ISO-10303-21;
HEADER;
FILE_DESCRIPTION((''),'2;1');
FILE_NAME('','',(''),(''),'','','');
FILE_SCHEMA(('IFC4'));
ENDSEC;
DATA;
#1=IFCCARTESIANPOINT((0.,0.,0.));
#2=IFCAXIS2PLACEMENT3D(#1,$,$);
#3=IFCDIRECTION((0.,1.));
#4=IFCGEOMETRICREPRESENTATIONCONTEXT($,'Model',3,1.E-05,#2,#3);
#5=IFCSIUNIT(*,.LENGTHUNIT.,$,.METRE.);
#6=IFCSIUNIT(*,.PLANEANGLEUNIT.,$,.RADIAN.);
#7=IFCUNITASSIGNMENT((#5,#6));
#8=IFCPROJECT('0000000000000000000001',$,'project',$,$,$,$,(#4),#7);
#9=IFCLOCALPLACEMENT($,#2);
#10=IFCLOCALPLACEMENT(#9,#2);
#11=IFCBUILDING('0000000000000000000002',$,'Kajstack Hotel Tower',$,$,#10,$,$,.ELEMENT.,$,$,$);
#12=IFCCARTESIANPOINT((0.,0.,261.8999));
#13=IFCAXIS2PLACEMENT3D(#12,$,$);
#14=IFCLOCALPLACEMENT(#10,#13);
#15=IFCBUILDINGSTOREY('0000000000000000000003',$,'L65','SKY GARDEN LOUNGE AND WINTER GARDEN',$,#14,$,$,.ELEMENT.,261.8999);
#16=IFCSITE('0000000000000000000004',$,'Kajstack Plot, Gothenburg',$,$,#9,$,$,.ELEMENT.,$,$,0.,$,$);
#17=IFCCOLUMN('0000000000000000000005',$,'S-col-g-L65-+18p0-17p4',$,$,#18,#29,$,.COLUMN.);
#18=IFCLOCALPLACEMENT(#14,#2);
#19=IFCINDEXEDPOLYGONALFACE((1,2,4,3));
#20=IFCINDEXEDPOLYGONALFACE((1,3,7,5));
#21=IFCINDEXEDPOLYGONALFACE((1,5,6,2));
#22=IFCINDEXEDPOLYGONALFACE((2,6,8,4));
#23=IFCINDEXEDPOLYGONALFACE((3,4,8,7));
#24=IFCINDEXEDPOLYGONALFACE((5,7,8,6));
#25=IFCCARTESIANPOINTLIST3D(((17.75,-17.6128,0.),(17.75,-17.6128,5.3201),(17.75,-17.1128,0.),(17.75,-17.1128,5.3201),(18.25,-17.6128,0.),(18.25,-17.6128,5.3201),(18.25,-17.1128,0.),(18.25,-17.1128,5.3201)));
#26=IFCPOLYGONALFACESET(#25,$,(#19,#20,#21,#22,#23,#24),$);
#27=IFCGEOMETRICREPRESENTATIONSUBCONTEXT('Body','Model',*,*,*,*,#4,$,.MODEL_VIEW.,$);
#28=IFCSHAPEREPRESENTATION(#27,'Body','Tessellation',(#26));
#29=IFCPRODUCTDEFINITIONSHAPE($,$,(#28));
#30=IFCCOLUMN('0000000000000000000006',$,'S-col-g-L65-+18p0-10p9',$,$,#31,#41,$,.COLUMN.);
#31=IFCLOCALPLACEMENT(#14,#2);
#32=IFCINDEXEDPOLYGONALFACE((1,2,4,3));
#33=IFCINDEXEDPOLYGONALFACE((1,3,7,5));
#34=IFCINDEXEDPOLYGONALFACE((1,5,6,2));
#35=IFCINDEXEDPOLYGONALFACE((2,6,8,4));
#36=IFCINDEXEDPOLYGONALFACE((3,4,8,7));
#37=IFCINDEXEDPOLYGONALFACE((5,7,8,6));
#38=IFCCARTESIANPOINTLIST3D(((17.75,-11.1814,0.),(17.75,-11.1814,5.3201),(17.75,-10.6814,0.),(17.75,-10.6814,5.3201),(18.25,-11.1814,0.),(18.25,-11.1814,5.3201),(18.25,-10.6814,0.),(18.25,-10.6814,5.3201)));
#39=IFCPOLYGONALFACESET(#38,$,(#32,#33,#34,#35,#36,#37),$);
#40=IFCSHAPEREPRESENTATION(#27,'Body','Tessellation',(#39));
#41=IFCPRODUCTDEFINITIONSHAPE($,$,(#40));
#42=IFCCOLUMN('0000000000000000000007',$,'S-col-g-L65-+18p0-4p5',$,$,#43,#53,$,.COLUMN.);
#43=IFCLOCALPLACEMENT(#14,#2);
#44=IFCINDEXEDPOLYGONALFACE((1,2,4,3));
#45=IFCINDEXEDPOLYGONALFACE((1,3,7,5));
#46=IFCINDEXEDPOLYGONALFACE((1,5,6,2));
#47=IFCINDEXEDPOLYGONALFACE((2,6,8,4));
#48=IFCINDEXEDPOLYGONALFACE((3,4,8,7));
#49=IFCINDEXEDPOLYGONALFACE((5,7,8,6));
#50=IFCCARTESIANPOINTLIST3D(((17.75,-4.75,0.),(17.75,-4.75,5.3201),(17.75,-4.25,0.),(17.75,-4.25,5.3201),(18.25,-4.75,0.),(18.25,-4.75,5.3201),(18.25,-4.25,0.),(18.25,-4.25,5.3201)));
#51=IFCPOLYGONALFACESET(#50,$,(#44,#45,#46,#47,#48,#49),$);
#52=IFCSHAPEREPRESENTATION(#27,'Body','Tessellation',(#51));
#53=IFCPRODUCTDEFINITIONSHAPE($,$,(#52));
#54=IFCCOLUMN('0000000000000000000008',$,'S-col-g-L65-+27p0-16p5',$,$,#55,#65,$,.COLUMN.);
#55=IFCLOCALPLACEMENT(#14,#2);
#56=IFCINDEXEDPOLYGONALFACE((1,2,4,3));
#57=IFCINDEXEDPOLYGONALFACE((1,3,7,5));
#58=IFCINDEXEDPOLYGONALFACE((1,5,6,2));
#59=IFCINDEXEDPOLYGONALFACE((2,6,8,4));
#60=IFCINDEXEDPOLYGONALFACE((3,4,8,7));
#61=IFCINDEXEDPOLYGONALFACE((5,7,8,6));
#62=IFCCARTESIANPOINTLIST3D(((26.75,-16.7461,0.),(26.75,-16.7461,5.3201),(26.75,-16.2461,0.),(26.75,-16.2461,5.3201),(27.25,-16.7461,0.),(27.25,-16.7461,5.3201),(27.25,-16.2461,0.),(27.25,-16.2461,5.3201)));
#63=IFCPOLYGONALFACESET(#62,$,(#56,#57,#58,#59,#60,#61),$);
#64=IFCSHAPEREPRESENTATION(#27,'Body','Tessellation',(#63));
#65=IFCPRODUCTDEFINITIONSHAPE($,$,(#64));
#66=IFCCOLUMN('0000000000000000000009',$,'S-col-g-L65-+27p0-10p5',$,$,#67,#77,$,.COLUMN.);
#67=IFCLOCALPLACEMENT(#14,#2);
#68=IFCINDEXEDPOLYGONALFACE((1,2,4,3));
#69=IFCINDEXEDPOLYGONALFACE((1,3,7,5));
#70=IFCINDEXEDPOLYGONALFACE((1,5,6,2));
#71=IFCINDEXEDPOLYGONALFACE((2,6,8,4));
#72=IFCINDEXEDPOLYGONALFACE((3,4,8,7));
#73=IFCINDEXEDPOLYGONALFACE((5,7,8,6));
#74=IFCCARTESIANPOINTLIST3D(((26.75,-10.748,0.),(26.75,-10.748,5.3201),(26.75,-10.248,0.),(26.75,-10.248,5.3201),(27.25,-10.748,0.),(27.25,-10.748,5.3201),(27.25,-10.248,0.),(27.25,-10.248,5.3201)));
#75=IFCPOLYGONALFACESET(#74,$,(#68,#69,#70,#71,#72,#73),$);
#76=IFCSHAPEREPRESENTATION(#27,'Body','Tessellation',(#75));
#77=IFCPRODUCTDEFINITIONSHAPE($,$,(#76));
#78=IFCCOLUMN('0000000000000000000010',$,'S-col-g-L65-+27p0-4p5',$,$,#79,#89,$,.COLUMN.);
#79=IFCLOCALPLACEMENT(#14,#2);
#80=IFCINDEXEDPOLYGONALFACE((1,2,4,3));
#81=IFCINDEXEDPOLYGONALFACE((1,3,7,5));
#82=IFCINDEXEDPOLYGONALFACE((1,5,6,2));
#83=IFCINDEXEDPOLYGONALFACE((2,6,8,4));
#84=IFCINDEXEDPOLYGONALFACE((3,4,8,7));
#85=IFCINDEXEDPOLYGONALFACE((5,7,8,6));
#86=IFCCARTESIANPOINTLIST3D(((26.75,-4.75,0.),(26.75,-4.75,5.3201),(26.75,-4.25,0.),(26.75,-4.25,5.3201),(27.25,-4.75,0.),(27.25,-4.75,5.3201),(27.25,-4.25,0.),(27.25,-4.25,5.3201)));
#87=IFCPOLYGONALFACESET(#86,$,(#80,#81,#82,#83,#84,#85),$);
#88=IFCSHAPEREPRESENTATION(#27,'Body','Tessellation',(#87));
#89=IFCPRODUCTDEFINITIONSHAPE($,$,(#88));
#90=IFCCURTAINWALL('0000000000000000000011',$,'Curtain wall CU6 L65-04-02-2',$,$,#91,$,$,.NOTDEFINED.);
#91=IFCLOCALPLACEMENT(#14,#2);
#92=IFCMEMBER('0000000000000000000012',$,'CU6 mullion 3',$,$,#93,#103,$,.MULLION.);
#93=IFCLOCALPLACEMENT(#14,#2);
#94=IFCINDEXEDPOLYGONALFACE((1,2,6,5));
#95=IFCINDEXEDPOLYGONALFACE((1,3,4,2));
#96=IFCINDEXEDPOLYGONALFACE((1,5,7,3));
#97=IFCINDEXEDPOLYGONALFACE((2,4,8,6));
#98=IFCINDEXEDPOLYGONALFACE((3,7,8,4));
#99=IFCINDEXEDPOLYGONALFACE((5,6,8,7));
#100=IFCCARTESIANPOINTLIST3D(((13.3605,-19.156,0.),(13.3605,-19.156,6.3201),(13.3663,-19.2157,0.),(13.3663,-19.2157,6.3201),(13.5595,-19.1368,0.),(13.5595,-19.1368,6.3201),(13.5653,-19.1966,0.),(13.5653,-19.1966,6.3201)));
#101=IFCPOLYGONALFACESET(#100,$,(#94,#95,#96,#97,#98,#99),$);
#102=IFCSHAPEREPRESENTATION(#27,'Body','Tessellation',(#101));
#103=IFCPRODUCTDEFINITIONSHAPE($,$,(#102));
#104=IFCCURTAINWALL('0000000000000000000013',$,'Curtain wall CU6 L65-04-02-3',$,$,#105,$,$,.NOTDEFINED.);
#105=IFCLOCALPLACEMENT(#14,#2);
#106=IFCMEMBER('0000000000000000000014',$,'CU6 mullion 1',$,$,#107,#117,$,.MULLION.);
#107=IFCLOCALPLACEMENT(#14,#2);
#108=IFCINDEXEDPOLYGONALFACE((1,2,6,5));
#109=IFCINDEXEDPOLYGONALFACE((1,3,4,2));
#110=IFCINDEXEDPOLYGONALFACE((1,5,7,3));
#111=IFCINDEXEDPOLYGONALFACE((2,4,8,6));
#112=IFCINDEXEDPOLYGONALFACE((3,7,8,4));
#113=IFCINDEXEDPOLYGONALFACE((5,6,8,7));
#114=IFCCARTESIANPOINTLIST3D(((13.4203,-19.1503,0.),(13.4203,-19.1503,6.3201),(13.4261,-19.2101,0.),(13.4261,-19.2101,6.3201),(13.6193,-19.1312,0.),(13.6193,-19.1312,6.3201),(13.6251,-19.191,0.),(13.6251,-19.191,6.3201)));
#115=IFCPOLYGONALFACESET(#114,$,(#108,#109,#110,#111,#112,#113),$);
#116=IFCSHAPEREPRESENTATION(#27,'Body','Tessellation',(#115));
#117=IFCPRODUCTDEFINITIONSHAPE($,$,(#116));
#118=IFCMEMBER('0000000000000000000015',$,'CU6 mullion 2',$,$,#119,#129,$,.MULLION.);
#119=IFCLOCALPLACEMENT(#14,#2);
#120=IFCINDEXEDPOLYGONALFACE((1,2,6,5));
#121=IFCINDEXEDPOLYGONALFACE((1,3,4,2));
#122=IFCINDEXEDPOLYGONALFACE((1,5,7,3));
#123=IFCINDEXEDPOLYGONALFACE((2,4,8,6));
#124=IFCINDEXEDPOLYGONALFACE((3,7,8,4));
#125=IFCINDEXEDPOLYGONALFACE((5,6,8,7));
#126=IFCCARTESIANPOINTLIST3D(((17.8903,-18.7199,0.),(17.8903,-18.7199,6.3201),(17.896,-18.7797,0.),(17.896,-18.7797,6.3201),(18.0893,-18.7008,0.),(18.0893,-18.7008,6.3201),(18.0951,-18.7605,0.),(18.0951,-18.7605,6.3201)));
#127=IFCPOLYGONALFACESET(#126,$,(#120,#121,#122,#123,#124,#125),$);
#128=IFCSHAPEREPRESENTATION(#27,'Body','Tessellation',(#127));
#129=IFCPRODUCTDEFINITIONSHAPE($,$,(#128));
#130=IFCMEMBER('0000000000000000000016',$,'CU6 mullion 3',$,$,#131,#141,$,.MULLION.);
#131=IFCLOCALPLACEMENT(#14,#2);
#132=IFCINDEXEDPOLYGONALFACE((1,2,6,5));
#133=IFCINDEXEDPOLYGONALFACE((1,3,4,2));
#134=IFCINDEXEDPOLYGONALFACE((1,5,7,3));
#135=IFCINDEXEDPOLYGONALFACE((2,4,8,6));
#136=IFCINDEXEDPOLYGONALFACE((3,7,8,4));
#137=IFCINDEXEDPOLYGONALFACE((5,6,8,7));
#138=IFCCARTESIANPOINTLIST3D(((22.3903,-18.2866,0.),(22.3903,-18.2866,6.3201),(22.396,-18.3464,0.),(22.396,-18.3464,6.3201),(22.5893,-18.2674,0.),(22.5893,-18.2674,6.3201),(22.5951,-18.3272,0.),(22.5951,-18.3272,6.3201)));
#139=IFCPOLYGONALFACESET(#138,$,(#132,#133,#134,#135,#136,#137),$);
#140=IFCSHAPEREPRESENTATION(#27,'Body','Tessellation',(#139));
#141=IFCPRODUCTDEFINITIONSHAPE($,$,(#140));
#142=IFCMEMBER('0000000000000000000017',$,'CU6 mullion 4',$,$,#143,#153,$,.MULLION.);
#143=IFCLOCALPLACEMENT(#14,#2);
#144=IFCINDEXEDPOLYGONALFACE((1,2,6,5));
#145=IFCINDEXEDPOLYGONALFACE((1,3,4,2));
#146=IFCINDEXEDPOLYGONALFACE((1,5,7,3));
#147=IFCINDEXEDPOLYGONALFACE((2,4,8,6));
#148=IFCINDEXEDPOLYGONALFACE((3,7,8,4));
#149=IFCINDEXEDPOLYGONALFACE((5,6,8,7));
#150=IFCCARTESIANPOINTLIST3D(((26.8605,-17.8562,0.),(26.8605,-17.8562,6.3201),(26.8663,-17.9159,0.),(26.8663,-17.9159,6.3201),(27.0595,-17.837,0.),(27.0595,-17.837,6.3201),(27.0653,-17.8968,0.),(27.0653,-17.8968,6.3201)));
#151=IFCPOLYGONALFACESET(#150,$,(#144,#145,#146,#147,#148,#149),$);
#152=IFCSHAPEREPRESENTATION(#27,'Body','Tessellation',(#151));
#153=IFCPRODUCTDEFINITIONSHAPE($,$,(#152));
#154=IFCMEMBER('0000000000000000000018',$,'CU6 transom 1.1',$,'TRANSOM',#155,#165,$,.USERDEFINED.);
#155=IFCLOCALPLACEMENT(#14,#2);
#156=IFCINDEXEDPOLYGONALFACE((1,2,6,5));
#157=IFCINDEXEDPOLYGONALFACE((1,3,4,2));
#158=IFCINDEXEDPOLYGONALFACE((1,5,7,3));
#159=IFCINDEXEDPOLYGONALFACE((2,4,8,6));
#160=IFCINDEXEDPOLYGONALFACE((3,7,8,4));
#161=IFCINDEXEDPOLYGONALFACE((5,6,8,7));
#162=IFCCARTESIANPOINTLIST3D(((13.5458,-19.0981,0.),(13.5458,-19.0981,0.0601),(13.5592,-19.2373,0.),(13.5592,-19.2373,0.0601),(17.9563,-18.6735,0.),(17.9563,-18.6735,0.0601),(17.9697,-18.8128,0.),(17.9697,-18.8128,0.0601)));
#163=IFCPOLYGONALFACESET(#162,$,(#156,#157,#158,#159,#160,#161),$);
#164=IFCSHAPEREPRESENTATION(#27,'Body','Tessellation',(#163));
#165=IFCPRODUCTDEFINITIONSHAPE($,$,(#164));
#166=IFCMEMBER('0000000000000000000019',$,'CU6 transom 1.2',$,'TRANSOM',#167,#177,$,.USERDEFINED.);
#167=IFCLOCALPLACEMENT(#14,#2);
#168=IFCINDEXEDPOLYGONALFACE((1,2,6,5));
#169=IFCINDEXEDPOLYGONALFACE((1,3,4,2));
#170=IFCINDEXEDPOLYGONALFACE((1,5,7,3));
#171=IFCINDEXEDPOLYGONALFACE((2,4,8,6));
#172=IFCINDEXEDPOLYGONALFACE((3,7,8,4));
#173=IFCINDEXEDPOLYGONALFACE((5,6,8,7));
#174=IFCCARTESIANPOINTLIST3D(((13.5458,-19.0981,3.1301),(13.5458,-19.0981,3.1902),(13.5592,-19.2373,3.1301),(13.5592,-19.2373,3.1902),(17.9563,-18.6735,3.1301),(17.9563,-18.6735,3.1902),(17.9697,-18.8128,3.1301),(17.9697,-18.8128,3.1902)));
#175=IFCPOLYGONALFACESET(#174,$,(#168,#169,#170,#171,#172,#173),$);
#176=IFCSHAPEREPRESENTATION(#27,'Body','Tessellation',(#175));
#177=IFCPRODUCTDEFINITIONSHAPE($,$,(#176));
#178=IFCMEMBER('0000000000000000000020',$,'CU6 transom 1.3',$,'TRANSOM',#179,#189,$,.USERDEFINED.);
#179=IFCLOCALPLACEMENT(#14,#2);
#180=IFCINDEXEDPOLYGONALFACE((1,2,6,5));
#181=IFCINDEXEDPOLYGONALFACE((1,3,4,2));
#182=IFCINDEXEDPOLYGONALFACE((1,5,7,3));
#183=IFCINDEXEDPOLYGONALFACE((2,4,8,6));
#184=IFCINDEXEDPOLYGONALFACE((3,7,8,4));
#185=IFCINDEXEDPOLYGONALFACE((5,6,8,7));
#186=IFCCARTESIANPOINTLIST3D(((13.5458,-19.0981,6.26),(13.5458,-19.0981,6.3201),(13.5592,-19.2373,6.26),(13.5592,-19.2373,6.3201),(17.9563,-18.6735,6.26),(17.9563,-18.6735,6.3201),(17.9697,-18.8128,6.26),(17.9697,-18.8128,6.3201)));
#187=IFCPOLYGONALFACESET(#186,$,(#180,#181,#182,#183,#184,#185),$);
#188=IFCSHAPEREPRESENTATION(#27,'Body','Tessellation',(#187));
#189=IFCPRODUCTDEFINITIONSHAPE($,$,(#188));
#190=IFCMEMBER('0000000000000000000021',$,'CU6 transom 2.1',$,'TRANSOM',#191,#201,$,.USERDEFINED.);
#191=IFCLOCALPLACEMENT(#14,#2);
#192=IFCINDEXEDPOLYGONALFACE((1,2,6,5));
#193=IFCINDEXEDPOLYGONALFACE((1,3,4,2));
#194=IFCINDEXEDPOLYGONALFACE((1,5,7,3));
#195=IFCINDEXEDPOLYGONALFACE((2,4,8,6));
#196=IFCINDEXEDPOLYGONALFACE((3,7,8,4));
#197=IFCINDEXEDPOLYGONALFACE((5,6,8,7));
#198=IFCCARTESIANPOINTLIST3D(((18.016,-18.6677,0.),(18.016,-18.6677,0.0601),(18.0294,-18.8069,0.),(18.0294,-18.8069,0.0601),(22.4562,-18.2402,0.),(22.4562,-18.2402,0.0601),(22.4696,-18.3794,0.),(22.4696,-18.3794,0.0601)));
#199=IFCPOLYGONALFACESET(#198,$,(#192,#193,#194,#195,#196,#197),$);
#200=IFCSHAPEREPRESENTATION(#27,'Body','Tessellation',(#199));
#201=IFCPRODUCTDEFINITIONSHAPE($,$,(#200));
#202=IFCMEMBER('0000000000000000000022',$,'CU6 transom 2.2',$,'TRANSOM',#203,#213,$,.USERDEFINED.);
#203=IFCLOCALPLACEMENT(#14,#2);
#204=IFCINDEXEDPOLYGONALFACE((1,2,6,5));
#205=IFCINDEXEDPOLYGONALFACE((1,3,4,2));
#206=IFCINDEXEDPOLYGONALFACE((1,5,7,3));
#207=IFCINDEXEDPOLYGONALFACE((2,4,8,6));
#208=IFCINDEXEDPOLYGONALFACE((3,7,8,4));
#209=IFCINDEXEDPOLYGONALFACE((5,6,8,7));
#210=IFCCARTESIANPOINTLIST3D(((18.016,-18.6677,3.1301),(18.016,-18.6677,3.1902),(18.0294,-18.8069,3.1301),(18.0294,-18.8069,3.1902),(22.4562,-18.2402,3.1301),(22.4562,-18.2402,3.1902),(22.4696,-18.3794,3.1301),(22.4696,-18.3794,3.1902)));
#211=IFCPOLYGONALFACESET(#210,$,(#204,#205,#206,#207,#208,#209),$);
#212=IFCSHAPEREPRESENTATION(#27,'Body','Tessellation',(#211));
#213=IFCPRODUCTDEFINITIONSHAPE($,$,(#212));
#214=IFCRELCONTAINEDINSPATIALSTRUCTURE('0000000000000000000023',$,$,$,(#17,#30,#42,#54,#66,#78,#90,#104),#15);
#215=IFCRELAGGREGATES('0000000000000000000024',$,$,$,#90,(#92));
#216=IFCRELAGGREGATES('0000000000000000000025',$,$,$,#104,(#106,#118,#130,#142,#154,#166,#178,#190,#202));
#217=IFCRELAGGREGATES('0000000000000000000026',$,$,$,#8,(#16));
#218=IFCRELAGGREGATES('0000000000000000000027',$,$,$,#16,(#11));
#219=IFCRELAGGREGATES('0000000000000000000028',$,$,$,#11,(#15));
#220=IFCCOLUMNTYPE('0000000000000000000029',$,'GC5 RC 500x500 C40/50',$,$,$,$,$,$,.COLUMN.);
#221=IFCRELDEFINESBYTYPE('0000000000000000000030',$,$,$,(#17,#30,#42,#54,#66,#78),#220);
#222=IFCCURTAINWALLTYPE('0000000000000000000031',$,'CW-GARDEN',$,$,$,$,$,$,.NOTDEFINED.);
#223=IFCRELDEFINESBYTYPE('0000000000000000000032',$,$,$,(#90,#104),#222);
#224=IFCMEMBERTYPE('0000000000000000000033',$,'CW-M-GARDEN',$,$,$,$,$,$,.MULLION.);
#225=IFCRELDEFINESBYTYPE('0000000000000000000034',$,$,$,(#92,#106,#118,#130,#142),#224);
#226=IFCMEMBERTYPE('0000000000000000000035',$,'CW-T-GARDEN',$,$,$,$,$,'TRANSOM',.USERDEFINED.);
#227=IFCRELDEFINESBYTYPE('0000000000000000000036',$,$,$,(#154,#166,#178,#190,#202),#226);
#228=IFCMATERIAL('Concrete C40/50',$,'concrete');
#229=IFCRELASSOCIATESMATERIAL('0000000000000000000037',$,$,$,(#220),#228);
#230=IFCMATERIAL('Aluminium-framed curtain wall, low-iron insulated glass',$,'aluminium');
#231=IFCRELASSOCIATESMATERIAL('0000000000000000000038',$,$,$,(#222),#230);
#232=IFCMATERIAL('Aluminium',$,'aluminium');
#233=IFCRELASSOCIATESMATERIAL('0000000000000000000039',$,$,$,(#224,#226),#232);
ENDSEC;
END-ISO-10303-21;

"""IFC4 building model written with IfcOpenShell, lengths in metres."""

from ifc_helpers import new_model, si_unit, direction, frame, origin, origin_2d, place, context, subcontext, project, spatial, rectangle, extrude, material, material_profile, profile_set, type_object, element, aggregate, save


model = new_model("IFC4")

# Units and contexts
model_context = context("Model", 3, precision=1e-05, world=origin(), true_north=direction((0.0, 1.0)))
body_context = subcontext(model_context, "Body", "Model", "MODEL_VIEW")
ifc_project = project(units=[si_unit("LENGTHUNIT", "METRE"), si_unit("PLANEANGLEUNIT", "RADIAN")], contexts=[model_context])

# Site, building, storey
site_placement = place(None, origin())
site = spatial("IfcSite", under=ifc_project, at=site_placement, Name="Kajstack Plot, Gothenburg", CompositionType="ELEMENT", RefElevation=0.0)
building_placement = place(site_placement, origin())
building = spatial("IfcBuilding", under=site, at=building_placement, Name="Kajstack Hotel Tower", CompositionType="ELEMENT")
storey_placement = place(building_placement, frame((0.0, 0.0, 261.8999)))
storey = spatial("IfcBuildingStorey", under=building, at=storey_placement, Name="L65", Description="SKY GARDEN LOUNGE AND WINTER GARDEN", CompositionType="ELEMENT", Elevation=261.8999)

# Columns
ifc_material_1 = material(Name="Concrete C40/50", Category="concrete")
ifc_material_profile_1 = material_profile(ifc_material_1, rectangle(XDim=0.5, YDim=0.5, at=origin_2d()), Name="RC 500x500")
ifc_profile_set_1 = profile_set([ifc_material_profile_1], Name="Concrete C40/50")
column_type = type_object("IfcColumnType", Name="GC5 RC 500x500 C40/50", PredefinedType="COLUMN", material=ifc_profile_set_1)
for number, where, z_axis, x_axis, name in (
    (1, (18.0, -17.3628, 0.0), (0.0, 0.0, 1.0), (1.0, 0.0, 0.0), "S-col-g-L65-+18p0-17p4"),
    (2, (18.0, -10.9314, 0.0), (0.0, 0.0, 1.0), (1.0, 0.0, 0.0), "S-col-g-L65-+18p0-10p9"),
    (3, (18.0, -4.5, 0.0), (0.0, 0.0, 1.0), (1.0, 0.0, 0.0), "S-col-g-L65-+18p0-4p5"),
    (4, (27.0, -16.4961, 0.0), (0.0, 0.0, 1.0), (1.0, 0.0, 0.0), "S-col-g-L65-+27p0-16p5"),
    (5, (27.0, -10.498, 0.0), (0.0, 0.0, 1.0), (1.0, 0.0, 0.0), "S-col-g-L65-+27p0-10p5"),
    (6, (27.0, -4.5, 0.0), (0.0, 0.0, 1.0), (1.0, 0.0, 0.0), "S-col-g-L65-+27p0-4p5"),
):
    element("IfcColumn", number, at=place(storey_placement, frame(where, z_axis=z_axis, x_axis=x_axis)), inside=storey, type_object=column_type, Name=name, PredefinedType="COLUMN", context=body_context, shape_type="SweptSolid", body=[
        extrude(rectangle(XDim=0.5, YDim=0.5, at=origin_2d()), origin(), (0.0, 0.0, 1.0), 5.3201),
    ])

# Curtain wall, member
ifc_material_2 = material(Name="Aluminium-framed curtain wall, low-iron insulated glass", Category="aluminium")
curtain_wall_type = type_object("IfcCurtainWallType", Name="CW-GARDEN", PredefinedType="NOTDEFINED", material=ifc_material_2)
curtain_wall_1_placement = place(storey_placement, origin())
curtain_wall_1 = element("IfcCurtainWall", 7, at=curtain_wall_1_placement, inside=storey, type_object=curtain_wall_type, Name="Curtain wall CU6 L65-04-02-2", PredefinedType="NOTDEFINED")
ifc_material_3 = material(Name="Aluminium", Category="aluminium")
ifc_material_profile_2 = material_profile(ifc_material_3, rectangle(XDim=0.0601, YDim=0.2, at=origin_2d()), Name="Aluminium mullion 60 x 200")
ifc_profile_set_2 = profile_set([ifc_material_profile_2], Name="Aluminium")
member_type_1 = type_object("IfcMemberType", Name="CW-M-GARDEN", PredefinedType="MULLION", material=ifc_profile_set_2)
member_1_placement = place(storey_placement, frame((13.4629, -19.1763, 0.0), z_axis=(0.0, 0.0, 1.0), x_axis=(-0.095846, 0.995396, 0.0)))
member_1 = element("IfcMember", 8, at=member_1_placement, type_object=member_type_1, Name="CU6 mullion 3", PredefinedType="MULLION", context=body_context, shape_type="SweptSolid", body=[
    extrude(rectangle(XDim=0.0601, YDim=0.2, at=origin_2d()), origin(), (0.0, 0.0, 1.0), 6.3201),
])
aggregate(curtain_wall_1, [member_1])

# Curtain wall, members
curtain_wall_2_placement = place(storey_placement, origin())
curtain_wall_2 = element("IfcCurtainWall", 9, at=curtain_wall_2_placement, inside=storey, type_object=curtain_wall_type, Name="Curtain wall CU6 L65-04-02-3", PredefinedType="NOTDEFINED")
member_2_placement = place(storey_placement, frame((13.5227, -19.1707, 0.0), z_axis=(0.0, 0.0, 1.0), x_axis=(-0.095846, 0.995396, 0.0)))
member_2 = element("IfcMember", 10, at=member_2_placement, type_object=member_type_1, Name="CU6 mullion 1", PredefinedType="MULLION", context=body_context, shape_type="SweptSolid", body=[
    extrude(rectangle(XDim=0.0601, YDim=0.2, at=origin_2d()), origin(), (0.0, 0.0, 1.0), 6.3201),
])
member_3_placement = place(storey_placement, frame((17.9927, -18.7402, 0.0), z_axis=(0.0, 0.0, 1.0), x_axis=(-0.095846, 0.995396, 0.0)))
member_3 = element("IfcMember", 11, at=member_3_placement, type_object=member_type_1, Name="CU6 mullion 2", PredefinedType="MULLION", context=body_context, shape_type="SweptSolid", body=[
    extrude(rectangle(XDim=0.0601, YDim=0.2, at=origin_2d()), origin(), (0.0, 0.0, 1.0), 6.3201),
])
member_4_placement = place(storey_placement, frame((22.4927, -18.3069, 0.0), z_axis=(0.0, 0.0, 1.0), x_axis=(-0.095846, 0.995396, 0.0)))
member_4 = element("IfcMember", 12, at=member_4_placement, type_object=member_type_1, Name="CU6 mullion 3", PredefinedType="MULLION", context=body_context, shape_type="SweptSolid", body=[
    extrude(rectangle(XDim=0.0601, YDim=0.2, at=origin_2d()), origin(), (0.0, 0.0, 1.0), 6.3201),
])
member_5_placement = place(storey_placement, frame((26.9629, -17.8765, 0.0), z_axis=(0.0, 0.0, 1.0), x_axis=(-0.095846, 0.995396, 0.0)))
member_5 = element("IfcMember", 13, at=member_5_placement, type_object=member_type_1, Name="CU6 mullion 4", PredefinedType="MULLION", context=body_context, shape_type="SweptSolid", body=[
    extrude(rectangle(XDim=0.0601, YDim=0.2, at=origin_2d()), origin(), (0.0, 0.0, 1.0), 6.3201),
])
ifc_material_profile_3 = material_profile(ifc_material_3, rectangle(XDim=0.1399, YDim=0.0601, at=origin_2d()), Name="Aluminium transom 140 x 60")
ifc_profile_set_3 = profile_set([ifc_material_profile_3], Name="Aluminium")
member_type_2 = type_object("IfcMemberType", Name="CW-T-GARDEN", ElementType="TRANSOM", PredefinedType="USERDEFINED", material=ifc_profile_set_3)
member_6_placement = place(storey_placement, frame((13.5525, -19.1677, 0.03), z_axis=(0.995399, 0.095821, 0.0), x_axis=(-0.095821, 0.995399, 0.0)))
member_6 = element("IfcMember", 14, at=member_6_placement, type_object=member_type_2, Name="CU6 transom 1.1", ObjectType="TRANSOM", PredefinedType="USERDEFINED", context=body_context, shape_type="SweptSolid", body=[
    extrude(rectangle(XDim=0.1399, YDim=0.0601, at=origin_2d()), origin(), (0.0, 0.0, 1.0), 4.4309),
])
member_7_placement = place(storey_placement, frame((13.5525, -19.1677, 3.1602), z_axis=(0.995399, 0.095821, 0.0), x_axis=(-0.095821, 0.995399, 0.0)))
member_7 = element("IfcMember", 15, at=member_7_placement, type_object=member_type_2, Name="CU6 transom 1.2", ObjectType="TRANSOM", PredefinedType="USERDEFINED", context=body_context, shape_type="SweptSolid", body=[
    extrude(rectangle(XDim=0.1399, YDim=0.0601, at=origin_2d()), origin(), (0.0, 0.0, 1.0), 4.4309),
])
member_8_placement = place(storey_placement, frame((13.5525, -19.1677, 6.29), z_axis=(0.995399, 0.095821, 0.0), x_axis=(-0.095821, 0.995399, 0.0)))
member_8 = element("IfcMember", 16, at=member_8_placement, type_object=member_type_2, Name="CU6 transom 1.3", ObjectType="TRANSOM", PredefinedType="USERDEFINED", context=body_context, shape_type="SweptSolid", body=[
    extrude(rectangle(XDim=0.1399, YDim=0.0601, at=origin_2d()), origin(), (0.0, 0.0, 1.0), 4.4309),
])
member_9_placement = place(storey_placement, frame((18.0227, -18.7373, 0.03), z_axis=(0.995397, 0.095834, 0.0), x_axis=(-0.095834, 0.995397, 0.0)))
member_9 = element("IfcMember", 17, at=member_9_placement, type_object=member_type_2, Name="CU6 transom 2.1", ObjectType="TRANSOM", PredefinedType="USERDEFINED", context=body_context, shape_type="SweptSolid", body=[
    extrude(rectangle(XDim=0.1399, YDim=0.0601, at=origin_2d()), origin(), (0.0, 0.0, 1.0), 4.4607),
])
member_10_placement = place(storey_placement, frame((18.0227, -18.7373, 3.1602), z_axis=(0.995397, 0.095834, 0.0), x_axis=(-0.095834, 0.995397, 0.0)))
member_10 = element("IfcMember", 18, at=member_10_placement, type_object=member_type_2, Name="CU6 transom 2.2", ObjectType="TRANSOM", PredefinedType="USERDEFINED", context=body_context, shape_type="SweptSolid", body=[
    extrude(rectangle(XDim=0.1399, YDim=0.0601, at=origin_2d()), origin(), (0.0, 0.0, 1.0), 4.4607),
])

aggregate(curtain_wall_2, [member_2, member_3, member_4, member_5, member_6, member_7, member_8, member_9, member_10])

save(model, "model.ifc")
